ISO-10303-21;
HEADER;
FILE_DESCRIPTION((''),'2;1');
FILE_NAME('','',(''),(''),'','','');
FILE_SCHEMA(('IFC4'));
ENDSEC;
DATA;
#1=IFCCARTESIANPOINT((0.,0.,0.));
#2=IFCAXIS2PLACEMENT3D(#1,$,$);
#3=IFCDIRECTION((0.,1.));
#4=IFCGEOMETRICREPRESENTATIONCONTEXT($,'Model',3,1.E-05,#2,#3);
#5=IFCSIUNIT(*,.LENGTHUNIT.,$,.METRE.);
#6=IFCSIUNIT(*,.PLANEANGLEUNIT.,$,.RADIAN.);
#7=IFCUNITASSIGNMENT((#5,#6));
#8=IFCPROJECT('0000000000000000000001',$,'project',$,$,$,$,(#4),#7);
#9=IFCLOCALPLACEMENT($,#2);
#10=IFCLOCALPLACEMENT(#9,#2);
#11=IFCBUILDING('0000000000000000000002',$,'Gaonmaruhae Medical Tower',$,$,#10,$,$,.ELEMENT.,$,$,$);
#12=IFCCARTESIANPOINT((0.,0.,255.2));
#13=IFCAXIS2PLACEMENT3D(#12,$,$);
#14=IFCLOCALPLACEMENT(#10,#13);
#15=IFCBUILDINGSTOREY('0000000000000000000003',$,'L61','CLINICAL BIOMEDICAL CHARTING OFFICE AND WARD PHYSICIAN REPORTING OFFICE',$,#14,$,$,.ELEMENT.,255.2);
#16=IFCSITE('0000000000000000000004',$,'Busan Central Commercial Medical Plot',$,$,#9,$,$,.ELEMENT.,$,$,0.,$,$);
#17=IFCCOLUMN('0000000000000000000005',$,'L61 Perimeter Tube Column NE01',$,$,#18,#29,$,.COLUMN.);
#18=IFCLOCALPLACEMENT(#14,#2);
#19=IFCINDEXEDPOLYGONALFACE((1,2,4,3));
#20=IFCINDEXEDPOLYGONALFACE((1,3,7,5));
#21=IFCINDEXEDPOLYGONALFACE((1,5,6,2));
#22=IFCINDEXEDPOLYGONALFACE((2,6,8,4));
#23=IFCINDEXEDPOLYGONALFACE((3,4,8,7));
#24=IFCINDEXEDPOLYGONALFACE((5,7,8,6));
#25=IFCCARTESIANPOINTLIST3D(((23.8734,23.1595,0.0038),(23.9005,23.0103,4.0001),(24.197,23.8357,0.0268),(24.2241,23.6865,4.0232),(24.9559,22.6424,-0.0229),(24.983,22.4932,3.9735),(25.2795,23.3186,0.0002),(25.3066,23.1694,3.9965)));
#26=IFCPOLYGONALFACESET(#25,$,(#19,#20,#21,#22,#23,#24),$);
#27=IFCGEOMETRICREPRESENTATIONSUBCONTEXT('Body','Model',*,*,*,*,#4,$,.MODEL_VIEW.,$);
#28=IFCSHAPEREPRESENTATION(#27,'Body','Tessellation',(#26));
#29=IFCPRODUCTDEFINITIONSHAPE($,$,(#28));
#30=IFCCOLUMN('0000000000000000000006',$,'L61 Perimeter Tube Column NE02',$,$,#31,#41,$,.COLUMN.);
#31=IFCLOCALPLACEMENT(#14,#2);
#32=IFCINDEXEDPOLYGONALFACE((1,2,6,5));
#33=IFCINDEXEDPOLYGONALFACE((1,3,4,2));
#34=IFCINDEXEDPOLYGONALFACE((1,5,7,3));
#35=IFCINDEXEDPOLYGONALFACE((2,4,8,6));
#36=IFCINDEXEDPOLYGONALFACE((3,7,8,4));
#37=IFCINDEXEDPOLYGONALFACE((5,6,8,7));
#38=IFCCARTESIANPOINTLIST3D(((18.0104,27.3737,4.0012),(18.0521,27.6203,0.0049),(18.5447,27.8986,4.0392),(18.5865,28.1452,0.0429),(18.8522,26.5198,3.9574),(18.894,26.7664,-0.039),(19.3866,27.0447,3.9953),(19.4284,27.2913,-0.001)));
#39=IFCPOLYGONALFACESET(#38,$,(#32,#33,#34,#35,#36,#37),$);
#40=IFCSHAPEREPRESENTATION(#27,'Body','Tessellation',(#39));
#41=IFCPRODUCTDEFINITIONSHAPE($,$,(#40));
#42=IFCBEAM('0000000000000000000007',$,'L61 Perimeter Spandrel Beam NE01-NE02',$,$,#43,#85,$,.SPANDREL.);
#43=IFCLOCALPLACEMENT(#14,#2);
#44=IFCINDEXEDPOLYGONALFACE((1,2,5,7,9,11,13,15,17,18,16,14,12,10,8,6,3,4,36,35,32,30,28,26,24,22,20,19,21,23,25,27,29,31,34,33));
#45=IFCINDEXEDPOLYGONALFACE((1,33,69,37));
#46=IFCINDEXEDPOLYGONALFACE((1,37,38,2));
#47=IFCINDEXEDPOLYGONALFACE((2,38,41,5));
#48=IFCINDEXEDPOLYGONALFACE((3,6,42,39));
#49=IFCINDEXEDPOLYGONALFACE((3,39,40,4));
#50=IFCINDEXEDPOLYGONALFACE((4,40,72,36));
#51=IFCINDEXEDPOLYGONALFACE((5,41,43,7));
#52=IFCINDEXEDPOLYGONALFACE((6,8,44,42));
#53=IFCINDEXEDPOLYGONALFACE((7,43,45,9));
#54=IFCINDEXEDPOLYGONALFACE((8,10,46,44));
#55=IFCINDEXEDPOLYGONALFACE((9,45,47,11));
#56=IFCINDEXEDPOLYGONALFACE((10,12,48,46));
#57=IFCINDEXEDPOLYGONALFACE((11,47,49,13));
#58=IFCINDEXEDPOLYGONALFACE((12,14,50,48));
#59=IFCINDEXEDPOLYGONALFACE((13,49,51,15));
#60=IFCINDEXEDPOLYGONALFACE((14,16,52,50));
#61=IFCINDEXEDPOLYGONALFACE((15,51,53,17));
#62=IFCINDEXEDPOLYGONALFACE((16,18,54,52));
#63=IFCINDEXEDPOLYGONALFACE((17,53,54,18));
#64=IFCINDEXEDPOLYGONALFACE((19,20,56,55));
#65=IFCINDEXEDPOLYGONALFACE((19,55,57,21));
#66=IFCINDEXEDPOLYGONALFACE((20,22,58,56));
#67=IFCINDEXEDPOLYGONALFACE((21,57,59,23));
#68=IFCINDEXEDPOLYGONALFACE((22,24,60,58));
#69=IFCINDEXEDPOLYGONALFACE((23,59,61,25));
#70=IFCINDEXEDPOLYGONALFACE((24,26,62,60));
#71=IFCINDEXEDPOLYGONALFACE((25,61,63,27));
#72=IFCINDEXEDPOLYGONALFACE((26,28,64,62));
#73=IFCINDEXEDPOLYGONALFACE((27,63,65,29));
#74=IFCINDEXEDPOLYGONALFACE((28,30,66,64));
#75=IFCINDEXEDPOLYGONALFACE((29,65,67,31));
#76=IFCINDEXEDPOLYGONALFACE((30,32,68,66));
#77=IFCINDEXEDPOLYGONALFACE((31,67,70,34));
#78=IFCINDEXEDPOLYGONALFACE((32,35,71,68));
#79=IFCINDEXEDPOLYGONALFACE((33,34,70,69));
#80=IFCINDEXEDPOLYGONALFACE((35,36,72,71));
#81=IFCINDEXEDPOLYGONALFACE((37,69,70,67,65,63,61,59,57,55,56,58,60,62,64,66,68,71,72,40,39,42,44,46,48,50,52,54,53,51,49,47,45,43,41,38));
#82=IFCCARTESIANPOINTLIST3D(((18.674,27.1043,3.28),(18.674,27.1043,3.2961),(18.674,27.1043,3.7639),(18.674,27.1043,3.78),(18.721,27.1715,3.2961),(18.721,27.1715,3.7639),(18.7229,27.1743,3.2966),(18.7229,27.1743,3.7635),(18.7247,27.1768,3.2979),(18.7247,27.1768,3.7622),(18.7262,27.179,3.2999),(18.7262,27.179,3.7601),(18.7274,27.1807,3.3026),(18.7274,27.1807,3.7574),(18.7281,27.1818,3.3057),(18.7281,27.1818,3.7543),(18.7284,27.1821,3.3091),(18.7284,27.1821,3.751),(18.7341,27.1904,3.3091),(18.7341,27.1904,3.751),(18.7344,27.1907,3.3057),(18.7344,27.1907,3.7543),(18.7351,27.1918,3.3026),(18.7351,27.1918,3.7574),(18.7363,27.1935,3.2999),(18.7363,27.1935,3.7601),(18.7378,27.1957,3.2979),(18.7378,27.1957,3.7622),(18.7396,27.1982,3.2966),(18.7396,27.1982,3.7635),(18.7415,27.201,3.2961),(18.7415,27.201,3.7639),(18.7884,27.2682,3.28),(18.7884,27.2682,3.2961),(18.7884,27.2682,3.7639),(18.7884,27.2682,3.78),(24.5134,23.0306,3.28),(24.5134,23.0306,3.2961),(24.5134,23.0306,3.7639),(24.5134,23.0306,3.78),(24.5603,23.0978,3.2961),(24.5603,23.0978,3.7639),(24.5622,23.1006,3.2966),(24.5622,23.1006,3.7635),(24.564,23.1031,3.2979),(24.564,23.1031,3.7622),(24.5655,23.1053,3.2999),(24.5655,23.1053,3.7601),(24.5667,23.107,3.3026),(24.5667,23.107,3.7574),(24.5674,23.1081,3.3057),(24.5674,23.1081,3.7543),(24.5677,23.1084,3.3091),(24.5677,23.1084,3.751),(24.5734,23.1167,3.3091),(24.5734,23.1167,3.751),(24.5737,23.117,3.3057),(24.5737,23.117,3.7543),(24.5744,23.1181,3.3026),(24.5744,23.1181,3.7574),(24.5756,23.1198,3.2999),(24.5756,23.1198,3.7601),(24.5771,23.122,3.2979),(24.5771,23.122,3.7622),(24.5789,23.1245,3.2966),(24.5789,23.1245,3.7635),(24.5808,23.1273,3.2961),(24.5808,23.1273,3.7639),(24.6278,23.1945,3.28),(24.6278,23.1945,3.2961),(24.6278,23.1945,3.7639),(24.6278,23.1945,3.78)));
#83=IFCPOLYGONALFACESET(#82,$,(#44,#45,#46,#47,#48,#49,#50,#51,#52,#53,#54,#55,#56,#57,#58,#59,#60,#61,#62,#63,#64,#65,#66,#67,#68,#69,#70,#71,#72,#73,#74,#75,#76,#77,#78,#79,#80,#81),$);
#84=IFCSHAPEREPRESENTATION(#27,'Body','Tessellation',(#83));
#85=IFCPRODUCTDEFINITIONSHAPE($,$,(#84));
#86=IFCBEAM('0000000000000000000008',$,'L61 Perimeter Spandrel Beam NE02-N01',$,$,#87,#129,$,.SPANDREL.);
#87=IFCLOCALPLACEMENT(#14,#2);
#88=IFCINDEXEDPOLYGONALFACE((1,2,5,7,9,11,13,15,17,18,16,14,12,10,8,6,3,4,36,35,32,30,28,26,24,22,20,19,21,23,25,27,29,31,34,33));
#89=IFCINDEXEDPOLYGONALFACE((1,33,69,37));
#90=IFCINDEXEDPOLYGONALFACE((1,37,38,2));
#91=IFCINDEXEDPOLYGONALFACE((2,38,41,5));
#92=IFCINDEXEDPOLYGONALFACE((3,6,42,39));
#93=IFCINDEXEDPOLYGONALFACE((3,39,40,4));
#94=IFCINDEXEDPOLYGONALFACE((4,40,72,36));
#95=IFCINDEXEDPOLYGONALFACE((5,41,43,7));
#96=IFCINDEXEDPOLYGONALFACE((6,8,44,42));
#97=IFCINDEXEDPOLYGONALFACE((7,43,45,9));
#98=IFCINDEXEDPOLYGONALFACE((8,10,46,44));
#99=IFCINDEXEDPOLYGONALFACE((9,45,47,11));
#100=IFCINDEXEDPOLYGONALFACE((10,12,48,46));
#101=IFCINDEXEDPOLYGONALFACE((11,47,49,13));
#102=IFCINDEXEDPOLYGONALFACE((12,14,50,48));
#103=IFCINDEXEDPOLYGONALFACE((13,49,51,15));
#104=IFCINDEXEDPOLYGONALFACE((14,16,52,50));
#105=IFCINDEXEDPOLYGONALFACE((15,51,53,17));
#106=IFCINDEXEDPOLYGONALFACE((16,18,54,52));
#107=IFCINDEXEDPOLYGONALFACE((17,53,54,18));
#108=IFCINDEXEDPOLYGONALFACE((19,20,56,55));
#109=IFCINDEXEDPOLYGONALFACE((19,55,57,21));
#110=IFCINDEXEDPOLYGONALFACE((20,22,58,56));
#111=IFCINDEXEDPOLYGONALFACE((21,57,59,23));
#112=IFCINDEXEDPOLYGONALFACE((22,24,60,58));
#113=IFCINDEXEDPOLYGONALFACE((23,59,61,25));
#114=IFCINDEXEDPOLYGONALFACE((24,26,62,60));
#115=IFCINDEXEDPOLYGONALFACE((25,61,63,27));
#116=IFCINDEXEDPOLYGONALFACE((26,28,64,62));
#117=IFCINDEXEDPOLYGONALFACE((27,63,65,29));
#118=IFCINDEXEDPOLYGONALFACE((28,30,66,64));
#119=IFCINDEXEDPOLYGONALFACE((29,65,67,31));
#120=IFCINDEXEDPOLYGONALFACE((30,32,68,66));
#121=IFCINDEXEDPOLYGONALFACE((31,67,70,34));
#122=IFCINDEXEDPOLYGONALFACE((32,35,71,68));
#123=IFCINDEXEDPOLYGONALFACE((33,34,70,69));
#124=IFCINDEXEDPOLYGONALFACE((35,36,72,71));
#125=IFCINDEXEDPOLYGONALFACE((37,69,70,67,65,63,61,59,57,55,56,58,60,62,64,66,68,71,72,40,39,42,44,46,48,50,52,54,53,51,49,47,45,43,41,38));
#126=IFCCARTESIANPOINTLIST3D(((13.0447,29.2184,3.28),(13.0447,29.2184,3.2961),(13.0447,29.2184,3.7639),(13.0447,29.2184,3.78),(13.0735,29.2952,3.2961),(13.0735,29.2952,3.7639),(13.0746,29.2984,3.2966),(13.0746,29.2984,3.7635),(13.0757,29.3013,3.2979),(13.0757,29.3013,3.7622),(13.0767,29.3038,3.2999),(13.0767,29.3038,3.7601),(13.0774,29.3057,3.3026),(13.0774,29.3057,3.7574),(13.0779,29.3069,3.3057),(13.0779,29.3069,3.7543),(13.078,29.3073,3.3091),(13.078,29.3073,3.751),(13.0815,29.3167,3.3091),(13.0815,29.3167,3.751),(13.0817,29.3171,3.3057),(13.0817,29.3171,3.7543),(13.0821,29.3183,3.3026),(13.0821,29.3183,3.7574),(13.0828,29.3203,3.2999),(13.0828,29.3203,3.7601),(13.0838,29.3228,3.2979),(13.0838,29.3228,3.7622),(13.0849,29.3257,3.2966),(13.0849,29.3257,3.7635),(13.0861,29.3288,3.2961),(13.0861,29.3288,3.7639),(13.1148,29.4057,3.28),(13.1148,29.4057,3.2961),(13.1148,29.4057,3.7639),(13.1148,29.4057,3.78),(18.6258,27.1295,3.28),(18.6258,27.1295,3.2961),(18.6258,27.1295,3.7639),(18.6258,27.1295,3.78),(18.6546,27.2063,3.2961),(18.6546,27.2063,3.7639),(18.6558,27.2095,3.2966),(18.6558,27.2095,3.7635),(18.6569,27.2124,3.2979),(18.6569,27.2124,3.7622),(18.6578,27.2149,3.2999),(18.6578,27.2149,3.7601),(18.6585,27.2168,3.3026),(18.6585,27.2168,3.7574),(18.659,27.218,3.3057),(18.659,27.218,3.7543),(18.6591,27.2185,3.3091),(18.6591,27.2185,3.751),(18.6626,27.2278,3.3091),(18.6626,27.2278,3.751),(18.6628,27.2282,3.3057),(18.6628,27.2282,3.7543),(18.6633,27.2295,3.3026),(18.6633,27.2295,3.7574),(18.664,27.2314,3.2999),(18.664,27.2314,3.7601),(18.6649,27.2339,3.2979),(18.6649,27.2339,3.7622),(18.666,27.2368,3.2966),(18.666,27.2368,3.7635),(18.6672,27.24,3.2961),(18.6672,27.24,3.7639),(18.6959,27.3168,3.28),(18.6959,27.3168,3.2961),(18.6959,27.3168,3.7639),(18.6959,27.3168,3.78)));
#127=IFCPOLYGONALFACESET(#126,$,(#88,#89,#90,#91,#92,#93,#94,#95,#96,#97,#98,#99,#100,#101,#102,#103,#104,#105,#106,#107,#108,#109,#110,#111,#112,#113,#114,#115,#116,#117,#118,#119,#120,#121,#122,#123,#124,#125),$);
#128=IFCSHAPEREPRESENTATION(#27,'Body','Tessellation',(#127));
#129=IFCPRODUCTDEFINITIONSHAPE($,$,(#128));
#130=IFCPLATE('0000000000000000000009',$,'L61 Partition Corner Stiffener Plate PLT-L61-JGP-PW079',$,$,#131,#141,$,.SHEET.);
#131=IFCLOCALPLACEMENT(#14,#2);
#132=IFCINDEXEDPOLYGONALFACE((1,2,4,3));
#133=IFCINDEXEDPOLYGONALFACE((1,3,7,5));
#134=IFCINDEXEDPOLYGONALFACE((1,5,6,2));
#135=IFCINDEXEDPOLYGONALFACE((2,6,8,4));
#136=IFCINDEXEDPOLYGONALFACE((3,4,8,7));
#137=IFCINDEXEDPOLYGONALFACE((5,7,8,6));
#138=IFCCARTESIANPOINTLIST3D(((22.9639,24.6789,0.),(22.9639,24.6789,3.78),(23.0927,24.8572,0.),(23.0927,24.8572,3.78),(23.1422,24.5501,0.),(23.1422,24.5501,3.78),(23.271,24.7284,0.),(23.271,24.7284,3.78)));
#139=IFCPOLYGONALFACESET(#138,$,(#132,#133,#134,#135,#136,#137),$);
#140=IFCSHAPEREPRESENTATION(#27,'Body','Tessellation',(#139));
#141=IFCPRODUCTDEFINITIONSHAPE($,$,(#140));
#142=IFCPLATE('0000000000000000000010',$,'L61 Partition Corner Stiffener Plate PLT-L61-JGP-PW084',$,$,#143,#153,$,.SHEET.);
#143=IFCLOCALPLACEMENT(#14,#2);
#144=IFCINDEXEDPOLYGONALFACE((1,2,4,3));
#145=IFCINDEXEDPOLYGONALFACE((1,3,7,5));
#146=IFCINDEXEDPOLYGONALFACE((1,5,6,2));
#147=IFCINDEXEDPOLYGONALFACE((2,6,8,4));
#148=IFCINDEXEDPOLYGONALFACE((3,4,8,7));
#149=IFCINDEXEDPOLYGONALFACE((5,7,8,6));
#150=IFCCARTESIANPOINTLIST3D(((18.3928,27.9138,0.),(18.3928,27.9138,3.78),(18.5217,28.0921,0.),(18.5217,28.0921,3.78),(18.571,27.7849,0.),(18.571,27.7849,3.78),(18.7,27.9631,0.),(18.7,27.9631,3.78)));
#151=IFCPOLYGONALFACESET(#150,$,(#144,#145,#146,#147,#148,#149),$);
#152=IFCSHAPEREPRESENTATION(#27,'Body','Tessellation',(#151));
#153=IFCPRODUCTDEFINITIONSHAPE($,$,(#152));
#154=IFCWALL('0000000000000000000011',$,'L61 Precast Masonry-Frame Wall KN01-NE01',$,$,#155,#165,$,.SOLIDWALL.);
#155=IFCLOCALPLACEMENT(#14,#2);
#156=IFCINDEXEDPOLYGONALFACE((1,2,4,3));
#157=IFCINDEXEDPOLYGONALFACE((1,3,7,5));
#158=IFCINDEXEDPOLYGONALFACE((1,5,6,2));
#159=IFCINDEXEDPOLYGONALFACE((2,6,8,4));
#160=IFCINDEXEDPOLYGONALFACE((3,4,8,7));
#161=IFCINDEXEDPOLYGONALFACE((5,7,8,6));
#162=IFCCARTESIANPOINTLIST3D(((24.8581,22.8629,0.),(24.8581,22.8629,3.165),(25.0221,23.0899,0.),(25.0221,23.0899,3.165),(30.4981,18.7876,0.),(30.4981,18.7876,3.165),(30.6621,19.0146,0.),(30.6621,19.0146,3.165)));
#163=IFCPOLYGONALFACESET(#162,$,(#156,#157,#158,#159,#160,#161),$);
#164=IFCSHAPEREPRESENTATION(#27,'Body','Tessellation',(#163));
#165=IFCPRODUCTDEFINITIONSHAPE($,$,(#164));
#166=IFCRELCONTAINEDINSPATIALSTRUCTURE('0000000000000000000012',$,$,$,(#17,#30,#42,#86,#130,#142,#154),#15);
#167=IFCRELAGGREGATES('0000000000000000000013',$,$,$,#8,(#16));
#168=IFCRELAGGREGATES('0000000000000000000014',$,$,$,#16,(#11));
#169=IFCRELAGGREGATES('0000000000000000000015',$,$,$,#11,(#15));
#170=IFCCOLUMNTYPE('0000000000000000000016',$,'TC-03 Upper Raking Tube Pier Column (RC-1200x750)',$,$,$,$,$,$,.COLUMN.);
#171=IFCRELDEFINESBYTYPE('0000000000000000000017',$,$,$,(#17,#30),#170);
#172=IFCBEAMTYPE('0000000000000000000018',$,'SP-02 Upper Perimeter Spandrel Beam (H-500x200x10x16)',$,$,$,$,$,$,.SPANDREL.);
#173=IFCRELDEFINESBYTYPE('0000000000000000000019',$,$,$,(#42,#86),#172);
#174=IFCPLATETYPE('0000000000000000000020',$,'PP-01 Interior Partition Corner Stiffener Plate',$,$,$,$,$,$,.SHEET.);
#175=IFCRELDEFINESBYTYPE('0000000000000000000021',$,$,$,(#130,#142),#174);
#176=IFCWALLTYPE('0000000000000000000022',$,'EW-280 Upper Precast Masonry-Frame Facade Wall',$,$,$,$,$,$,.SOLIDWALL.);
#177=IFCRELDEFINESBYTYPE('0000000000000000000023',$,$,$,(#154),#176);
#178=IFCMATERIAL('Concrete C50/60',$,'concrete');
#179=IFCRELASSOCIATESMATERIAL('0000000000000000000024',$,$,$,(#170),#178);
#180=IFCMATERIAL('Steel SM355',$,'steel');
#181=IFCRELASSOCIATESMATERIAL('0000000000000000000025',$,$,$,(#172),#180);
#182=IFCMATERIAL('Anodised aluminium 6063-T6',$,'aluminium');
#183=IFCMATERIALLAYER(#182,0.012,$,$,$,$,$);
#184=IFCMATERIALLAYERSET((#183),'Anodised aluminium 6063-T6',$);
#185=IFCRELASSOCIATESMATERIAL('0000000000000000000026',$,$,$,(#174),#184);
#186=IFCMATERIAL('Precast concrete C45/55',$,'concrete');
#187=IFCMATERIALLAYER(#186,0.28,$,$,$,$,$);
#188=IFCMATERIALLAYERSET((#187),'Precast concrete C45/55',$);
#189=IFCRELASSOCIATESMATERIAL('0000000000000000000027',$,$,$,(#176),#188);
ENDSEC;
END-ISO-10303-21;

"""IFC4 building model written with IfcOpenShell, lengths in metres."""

from ifc_helpers import new_model, si_unit, direction, frame, frame_2d, origin, origin_2d, place, context, subcontext, project, spatial, rectangle, i_section, extrude, material, layer, layer_set, material_profile, profile_set, type_object, element, save


model = new_model("IFC4")

# Units and contexts
model_context = context("Model", 3, precision=1e-05, world=origin(), true_north=direction((0.0, 1.0)))
body_context = subcontext(model_context, "Body", "Model", "MODEL_VIEW")
ifc_project = project(units=[si_unit("LENGTHUNIT", "METRE"), si_unit("PLANEANGLEUNIT", "RADIAN")], contexts=[model_context])

# Site, building, storey
site_placement = place(None, origin())
site = spatial("IfcSite", under=ifc_project, at=site_placement, Name="Busan Central Commercial Medical Plot", CompositionType="ELEMENT", RefElevation=0.0)
building_placement = place(site_placement, origin())
building = spatial("IfcBuilding", under=site, at=building_placement, Name="Gaonmaruhae Medical Tower", CompositionType="ELEMENT")
storey_placement = place(building_placement, frame((0.0, 0.0, 255.2)))
storey = spatial("IfcBuildingStorey", under=building, at=storey_placement, Name="L61", Description="CLINICAL BIOMEDICAL CHARTING OFFICE AND WARD PHYSICIAN REPORTING OFFICE", CompositionType="ELEMENT", Elevation=255.2)

# Columns
ifc_material_1 = material(Name="Concrete C50/60", Category="concrete")
ifc_material_profile_1 = material_profile(ifc_material_1, rectangle(XDim=1.2, YDim=0.75, at=origin_2d()), Name="RC-1200x750")
ifc_profile_set_1 = profile_set([ifc_material_profile_1], Name="Concrete C50/60")
column_type = type_object("IfcColumnType", Name="TC-03 Upper Raking Tube Pier Column (RC-1200x750)", PredefinedType="COLUMN", material=ifc_profile_set_1)
column_1_placement = place(storey_placement, frame((24.5764, 23.239, 0.002), z_axis=(0.006776, -0.0373, 0.999281), x_axis=(-0.902108, 0.430938, 0.022203)))
element("IfcColumn", 1, at=column_1_placement, inside=storey, type_object=column_type, Name="L61 Perimeter Tube Column NE01", PredefinedType="COLUMN", context=body_context, shape_type="SweptSolid", body=[
    extrude(rectangle(XDim=1.2, YDim=0.75, at=origin_2d()), origin(), (0.0, 0.0, 1.0), 3.9993),
])
column_2_placement = place(storey_placement, frame((18.7402, 27.4558, 0.002), z_axis=(-0.010426, -0.061582, 0.998048), x_axis=(-0.701605, 0.711627, 0.036579)))
element("IfcColumn", 2, at=column_2_placement, inside=storey, type_object=column_type, Name="L61 Perimeter Tube Column NE02", PredefinedType="COLUMN", context=body_context, shape_type="SweptSolid", body=[
    extrude(rectangle(XDim=1.2, YDim=0.75, at=origin_2d()), origin(), (0.0, 0.0, 1.0), 4.0042),
])

# Beams
ifc_material_2 = material(Name="Steel SM355", Category="steel")
ifc_material_profile_2 = material_profile(ifc_material_2, i_section(OverallWidth=0.2, OverallDepth=0.5, WebThickness=0.01, FlangeThickness=0.0161, FilletRadius=0.0129, at=origin_2d()), Name="H-500x200x10x16")
ifc_profile_set_2 = profile_set([ifc_material_profile_2], Name="Steel SM355")
beam_type = type_object("IfcBeamType", Name="SP-02 Upper Perimeter Spandrel Beam (H-500x200x10x16)", PredefinedType="SPANDREL", material=ifc_profile_set_2)
beam_1_placement = place(storey_placement, frame((24.5706, 23.1125, 3.53), z_axis=(-0.820143, 0.572159, 0.0), x_axis=(-0.572159, -0.820143, 0.0)))
element("IfcBeam", 3, at=beam_1_placement, inside=storey, type_object=beam_type, Name="L61 Perimeter Spandrel Beam NE01-NE02", PredefinedType="SPANDREL", context=body_context, shape_type="SweptSolid", body=[
    extrude(i_section(OverallWidth=0.2, OverallDepth=0.5, WebThickness=0.01, FlangeThickness=0.0161, FilletRadius=0.0129, at=origin_2d()), origin(), (0.0, 0.0, 1.0), 7.1199),
])
beam_2_placement = place(storey_placement, frame((18.6609, 27.2231, 3.53), z_axis=(-0.936551, 0.350531, 0.0), x_axis=(-0.350531, -0.936551, 0.0)))
element("IfcBeam", 4, at=beam_2_placement, inside=storey, type_object=beam_type, Name="L61 Perimeter Spandrel Beam NE02-N01", PredefinedType="SPANDREL", context=body_context, shape_type="SweptSolid", body=[
    extrude(i_section(OverallWidth=0.2, OverallDepth=0.5, WebThickness=0.01, FlangeThickness=0.0161, FilletRadius=0.0129, at=origin_2d()), origin(), (0.0, 0.0, 1.0), 5.9592),
])

# Plates
ifc_material_3 = material(Name="Anodised aluminium 6063-T6", Category="aluminium")
ifc_layer_1 = layer(ifc_material_3, 0.012)
ifc_layer_set_1 = layer_set([ifc_layer_1], Name="Anodised aluminium 6063-T6")
plate_type = type_object("IfcPlateType", Name="PP-01 Interior Partition Corner Stiffener Plate", PredefinedType="SHEET", material=ifc_layer_set_1)
for number, where, z_axis, x_axis, name in (
    (5, (23.1174, 24.7036, 0.0), (0.0, 0.0, 1.0), (0.58558, 0.810614, 0.0), "L61 Partition Corner Stiffener Plate PLT-L61-JGP-PW079"),
    (6, (18.5464, 27.9385, 0.0), (0.0, 0.0, 1.0), (0.58609, 0.810246, 0.0), "L61 Partition Corner Stiffener Plate PLT-L61-JGP-PW084"),
):
    element("IfcPlate", number, at=place(storey_placement, frame(where, z_axis=z_axis, x_axis=x_axis)), inside=storey, type_object=plate_type, Name=name, PredefinedType="SHEET", context=body_context, shape_type="SweptSolid", body=[
        extrude(rectangle(XDim=0.22, YDim=0.22, at=origin_2d()), origin(), (0.0, 0.0, 1.0), 3.78),
    ])

# Wall
ifc_material_4 = material(Name="Precast concrete C45/55", Category="concrete")
ifc_layer_2 = layer(ifc_material_4, 0.28)
ifc_layer_set_2 = layer_set([ifc_layer_2], Name="Precast concrete C45/55")
wall_type_1 = type_object("IfcWallType", Name="EW-280 Upper Precast Masonry-Frame Facade Wall", PredefinedType="SOLIDWALL", material=ifc_layer_set_2)
wall_1_placement = place(storey_placement, frame((24.9402, 22.9763, 0.0), z_axis=(0.0, 0.0, 1.0), x_axis=(0.810547, -0.585674, 0.0)))
element("IfcWall", 7, at=wall_1_placement, inside=storey, type_object=wall_type_1, Name="L61 Precast Masonry-Frame Wall KN01-NE01", PredefinedType="SOLIDWALL", context=body_context, shape_type="SweptSolid", body=[
    extrude(rectangle(XDim=6.9583, YDim=0.28, at=frame_2d((3.479, 0.0))), origin(), (0.0, 0.0, 1.0), 3.165),
])

save(model, "model.ifc")
